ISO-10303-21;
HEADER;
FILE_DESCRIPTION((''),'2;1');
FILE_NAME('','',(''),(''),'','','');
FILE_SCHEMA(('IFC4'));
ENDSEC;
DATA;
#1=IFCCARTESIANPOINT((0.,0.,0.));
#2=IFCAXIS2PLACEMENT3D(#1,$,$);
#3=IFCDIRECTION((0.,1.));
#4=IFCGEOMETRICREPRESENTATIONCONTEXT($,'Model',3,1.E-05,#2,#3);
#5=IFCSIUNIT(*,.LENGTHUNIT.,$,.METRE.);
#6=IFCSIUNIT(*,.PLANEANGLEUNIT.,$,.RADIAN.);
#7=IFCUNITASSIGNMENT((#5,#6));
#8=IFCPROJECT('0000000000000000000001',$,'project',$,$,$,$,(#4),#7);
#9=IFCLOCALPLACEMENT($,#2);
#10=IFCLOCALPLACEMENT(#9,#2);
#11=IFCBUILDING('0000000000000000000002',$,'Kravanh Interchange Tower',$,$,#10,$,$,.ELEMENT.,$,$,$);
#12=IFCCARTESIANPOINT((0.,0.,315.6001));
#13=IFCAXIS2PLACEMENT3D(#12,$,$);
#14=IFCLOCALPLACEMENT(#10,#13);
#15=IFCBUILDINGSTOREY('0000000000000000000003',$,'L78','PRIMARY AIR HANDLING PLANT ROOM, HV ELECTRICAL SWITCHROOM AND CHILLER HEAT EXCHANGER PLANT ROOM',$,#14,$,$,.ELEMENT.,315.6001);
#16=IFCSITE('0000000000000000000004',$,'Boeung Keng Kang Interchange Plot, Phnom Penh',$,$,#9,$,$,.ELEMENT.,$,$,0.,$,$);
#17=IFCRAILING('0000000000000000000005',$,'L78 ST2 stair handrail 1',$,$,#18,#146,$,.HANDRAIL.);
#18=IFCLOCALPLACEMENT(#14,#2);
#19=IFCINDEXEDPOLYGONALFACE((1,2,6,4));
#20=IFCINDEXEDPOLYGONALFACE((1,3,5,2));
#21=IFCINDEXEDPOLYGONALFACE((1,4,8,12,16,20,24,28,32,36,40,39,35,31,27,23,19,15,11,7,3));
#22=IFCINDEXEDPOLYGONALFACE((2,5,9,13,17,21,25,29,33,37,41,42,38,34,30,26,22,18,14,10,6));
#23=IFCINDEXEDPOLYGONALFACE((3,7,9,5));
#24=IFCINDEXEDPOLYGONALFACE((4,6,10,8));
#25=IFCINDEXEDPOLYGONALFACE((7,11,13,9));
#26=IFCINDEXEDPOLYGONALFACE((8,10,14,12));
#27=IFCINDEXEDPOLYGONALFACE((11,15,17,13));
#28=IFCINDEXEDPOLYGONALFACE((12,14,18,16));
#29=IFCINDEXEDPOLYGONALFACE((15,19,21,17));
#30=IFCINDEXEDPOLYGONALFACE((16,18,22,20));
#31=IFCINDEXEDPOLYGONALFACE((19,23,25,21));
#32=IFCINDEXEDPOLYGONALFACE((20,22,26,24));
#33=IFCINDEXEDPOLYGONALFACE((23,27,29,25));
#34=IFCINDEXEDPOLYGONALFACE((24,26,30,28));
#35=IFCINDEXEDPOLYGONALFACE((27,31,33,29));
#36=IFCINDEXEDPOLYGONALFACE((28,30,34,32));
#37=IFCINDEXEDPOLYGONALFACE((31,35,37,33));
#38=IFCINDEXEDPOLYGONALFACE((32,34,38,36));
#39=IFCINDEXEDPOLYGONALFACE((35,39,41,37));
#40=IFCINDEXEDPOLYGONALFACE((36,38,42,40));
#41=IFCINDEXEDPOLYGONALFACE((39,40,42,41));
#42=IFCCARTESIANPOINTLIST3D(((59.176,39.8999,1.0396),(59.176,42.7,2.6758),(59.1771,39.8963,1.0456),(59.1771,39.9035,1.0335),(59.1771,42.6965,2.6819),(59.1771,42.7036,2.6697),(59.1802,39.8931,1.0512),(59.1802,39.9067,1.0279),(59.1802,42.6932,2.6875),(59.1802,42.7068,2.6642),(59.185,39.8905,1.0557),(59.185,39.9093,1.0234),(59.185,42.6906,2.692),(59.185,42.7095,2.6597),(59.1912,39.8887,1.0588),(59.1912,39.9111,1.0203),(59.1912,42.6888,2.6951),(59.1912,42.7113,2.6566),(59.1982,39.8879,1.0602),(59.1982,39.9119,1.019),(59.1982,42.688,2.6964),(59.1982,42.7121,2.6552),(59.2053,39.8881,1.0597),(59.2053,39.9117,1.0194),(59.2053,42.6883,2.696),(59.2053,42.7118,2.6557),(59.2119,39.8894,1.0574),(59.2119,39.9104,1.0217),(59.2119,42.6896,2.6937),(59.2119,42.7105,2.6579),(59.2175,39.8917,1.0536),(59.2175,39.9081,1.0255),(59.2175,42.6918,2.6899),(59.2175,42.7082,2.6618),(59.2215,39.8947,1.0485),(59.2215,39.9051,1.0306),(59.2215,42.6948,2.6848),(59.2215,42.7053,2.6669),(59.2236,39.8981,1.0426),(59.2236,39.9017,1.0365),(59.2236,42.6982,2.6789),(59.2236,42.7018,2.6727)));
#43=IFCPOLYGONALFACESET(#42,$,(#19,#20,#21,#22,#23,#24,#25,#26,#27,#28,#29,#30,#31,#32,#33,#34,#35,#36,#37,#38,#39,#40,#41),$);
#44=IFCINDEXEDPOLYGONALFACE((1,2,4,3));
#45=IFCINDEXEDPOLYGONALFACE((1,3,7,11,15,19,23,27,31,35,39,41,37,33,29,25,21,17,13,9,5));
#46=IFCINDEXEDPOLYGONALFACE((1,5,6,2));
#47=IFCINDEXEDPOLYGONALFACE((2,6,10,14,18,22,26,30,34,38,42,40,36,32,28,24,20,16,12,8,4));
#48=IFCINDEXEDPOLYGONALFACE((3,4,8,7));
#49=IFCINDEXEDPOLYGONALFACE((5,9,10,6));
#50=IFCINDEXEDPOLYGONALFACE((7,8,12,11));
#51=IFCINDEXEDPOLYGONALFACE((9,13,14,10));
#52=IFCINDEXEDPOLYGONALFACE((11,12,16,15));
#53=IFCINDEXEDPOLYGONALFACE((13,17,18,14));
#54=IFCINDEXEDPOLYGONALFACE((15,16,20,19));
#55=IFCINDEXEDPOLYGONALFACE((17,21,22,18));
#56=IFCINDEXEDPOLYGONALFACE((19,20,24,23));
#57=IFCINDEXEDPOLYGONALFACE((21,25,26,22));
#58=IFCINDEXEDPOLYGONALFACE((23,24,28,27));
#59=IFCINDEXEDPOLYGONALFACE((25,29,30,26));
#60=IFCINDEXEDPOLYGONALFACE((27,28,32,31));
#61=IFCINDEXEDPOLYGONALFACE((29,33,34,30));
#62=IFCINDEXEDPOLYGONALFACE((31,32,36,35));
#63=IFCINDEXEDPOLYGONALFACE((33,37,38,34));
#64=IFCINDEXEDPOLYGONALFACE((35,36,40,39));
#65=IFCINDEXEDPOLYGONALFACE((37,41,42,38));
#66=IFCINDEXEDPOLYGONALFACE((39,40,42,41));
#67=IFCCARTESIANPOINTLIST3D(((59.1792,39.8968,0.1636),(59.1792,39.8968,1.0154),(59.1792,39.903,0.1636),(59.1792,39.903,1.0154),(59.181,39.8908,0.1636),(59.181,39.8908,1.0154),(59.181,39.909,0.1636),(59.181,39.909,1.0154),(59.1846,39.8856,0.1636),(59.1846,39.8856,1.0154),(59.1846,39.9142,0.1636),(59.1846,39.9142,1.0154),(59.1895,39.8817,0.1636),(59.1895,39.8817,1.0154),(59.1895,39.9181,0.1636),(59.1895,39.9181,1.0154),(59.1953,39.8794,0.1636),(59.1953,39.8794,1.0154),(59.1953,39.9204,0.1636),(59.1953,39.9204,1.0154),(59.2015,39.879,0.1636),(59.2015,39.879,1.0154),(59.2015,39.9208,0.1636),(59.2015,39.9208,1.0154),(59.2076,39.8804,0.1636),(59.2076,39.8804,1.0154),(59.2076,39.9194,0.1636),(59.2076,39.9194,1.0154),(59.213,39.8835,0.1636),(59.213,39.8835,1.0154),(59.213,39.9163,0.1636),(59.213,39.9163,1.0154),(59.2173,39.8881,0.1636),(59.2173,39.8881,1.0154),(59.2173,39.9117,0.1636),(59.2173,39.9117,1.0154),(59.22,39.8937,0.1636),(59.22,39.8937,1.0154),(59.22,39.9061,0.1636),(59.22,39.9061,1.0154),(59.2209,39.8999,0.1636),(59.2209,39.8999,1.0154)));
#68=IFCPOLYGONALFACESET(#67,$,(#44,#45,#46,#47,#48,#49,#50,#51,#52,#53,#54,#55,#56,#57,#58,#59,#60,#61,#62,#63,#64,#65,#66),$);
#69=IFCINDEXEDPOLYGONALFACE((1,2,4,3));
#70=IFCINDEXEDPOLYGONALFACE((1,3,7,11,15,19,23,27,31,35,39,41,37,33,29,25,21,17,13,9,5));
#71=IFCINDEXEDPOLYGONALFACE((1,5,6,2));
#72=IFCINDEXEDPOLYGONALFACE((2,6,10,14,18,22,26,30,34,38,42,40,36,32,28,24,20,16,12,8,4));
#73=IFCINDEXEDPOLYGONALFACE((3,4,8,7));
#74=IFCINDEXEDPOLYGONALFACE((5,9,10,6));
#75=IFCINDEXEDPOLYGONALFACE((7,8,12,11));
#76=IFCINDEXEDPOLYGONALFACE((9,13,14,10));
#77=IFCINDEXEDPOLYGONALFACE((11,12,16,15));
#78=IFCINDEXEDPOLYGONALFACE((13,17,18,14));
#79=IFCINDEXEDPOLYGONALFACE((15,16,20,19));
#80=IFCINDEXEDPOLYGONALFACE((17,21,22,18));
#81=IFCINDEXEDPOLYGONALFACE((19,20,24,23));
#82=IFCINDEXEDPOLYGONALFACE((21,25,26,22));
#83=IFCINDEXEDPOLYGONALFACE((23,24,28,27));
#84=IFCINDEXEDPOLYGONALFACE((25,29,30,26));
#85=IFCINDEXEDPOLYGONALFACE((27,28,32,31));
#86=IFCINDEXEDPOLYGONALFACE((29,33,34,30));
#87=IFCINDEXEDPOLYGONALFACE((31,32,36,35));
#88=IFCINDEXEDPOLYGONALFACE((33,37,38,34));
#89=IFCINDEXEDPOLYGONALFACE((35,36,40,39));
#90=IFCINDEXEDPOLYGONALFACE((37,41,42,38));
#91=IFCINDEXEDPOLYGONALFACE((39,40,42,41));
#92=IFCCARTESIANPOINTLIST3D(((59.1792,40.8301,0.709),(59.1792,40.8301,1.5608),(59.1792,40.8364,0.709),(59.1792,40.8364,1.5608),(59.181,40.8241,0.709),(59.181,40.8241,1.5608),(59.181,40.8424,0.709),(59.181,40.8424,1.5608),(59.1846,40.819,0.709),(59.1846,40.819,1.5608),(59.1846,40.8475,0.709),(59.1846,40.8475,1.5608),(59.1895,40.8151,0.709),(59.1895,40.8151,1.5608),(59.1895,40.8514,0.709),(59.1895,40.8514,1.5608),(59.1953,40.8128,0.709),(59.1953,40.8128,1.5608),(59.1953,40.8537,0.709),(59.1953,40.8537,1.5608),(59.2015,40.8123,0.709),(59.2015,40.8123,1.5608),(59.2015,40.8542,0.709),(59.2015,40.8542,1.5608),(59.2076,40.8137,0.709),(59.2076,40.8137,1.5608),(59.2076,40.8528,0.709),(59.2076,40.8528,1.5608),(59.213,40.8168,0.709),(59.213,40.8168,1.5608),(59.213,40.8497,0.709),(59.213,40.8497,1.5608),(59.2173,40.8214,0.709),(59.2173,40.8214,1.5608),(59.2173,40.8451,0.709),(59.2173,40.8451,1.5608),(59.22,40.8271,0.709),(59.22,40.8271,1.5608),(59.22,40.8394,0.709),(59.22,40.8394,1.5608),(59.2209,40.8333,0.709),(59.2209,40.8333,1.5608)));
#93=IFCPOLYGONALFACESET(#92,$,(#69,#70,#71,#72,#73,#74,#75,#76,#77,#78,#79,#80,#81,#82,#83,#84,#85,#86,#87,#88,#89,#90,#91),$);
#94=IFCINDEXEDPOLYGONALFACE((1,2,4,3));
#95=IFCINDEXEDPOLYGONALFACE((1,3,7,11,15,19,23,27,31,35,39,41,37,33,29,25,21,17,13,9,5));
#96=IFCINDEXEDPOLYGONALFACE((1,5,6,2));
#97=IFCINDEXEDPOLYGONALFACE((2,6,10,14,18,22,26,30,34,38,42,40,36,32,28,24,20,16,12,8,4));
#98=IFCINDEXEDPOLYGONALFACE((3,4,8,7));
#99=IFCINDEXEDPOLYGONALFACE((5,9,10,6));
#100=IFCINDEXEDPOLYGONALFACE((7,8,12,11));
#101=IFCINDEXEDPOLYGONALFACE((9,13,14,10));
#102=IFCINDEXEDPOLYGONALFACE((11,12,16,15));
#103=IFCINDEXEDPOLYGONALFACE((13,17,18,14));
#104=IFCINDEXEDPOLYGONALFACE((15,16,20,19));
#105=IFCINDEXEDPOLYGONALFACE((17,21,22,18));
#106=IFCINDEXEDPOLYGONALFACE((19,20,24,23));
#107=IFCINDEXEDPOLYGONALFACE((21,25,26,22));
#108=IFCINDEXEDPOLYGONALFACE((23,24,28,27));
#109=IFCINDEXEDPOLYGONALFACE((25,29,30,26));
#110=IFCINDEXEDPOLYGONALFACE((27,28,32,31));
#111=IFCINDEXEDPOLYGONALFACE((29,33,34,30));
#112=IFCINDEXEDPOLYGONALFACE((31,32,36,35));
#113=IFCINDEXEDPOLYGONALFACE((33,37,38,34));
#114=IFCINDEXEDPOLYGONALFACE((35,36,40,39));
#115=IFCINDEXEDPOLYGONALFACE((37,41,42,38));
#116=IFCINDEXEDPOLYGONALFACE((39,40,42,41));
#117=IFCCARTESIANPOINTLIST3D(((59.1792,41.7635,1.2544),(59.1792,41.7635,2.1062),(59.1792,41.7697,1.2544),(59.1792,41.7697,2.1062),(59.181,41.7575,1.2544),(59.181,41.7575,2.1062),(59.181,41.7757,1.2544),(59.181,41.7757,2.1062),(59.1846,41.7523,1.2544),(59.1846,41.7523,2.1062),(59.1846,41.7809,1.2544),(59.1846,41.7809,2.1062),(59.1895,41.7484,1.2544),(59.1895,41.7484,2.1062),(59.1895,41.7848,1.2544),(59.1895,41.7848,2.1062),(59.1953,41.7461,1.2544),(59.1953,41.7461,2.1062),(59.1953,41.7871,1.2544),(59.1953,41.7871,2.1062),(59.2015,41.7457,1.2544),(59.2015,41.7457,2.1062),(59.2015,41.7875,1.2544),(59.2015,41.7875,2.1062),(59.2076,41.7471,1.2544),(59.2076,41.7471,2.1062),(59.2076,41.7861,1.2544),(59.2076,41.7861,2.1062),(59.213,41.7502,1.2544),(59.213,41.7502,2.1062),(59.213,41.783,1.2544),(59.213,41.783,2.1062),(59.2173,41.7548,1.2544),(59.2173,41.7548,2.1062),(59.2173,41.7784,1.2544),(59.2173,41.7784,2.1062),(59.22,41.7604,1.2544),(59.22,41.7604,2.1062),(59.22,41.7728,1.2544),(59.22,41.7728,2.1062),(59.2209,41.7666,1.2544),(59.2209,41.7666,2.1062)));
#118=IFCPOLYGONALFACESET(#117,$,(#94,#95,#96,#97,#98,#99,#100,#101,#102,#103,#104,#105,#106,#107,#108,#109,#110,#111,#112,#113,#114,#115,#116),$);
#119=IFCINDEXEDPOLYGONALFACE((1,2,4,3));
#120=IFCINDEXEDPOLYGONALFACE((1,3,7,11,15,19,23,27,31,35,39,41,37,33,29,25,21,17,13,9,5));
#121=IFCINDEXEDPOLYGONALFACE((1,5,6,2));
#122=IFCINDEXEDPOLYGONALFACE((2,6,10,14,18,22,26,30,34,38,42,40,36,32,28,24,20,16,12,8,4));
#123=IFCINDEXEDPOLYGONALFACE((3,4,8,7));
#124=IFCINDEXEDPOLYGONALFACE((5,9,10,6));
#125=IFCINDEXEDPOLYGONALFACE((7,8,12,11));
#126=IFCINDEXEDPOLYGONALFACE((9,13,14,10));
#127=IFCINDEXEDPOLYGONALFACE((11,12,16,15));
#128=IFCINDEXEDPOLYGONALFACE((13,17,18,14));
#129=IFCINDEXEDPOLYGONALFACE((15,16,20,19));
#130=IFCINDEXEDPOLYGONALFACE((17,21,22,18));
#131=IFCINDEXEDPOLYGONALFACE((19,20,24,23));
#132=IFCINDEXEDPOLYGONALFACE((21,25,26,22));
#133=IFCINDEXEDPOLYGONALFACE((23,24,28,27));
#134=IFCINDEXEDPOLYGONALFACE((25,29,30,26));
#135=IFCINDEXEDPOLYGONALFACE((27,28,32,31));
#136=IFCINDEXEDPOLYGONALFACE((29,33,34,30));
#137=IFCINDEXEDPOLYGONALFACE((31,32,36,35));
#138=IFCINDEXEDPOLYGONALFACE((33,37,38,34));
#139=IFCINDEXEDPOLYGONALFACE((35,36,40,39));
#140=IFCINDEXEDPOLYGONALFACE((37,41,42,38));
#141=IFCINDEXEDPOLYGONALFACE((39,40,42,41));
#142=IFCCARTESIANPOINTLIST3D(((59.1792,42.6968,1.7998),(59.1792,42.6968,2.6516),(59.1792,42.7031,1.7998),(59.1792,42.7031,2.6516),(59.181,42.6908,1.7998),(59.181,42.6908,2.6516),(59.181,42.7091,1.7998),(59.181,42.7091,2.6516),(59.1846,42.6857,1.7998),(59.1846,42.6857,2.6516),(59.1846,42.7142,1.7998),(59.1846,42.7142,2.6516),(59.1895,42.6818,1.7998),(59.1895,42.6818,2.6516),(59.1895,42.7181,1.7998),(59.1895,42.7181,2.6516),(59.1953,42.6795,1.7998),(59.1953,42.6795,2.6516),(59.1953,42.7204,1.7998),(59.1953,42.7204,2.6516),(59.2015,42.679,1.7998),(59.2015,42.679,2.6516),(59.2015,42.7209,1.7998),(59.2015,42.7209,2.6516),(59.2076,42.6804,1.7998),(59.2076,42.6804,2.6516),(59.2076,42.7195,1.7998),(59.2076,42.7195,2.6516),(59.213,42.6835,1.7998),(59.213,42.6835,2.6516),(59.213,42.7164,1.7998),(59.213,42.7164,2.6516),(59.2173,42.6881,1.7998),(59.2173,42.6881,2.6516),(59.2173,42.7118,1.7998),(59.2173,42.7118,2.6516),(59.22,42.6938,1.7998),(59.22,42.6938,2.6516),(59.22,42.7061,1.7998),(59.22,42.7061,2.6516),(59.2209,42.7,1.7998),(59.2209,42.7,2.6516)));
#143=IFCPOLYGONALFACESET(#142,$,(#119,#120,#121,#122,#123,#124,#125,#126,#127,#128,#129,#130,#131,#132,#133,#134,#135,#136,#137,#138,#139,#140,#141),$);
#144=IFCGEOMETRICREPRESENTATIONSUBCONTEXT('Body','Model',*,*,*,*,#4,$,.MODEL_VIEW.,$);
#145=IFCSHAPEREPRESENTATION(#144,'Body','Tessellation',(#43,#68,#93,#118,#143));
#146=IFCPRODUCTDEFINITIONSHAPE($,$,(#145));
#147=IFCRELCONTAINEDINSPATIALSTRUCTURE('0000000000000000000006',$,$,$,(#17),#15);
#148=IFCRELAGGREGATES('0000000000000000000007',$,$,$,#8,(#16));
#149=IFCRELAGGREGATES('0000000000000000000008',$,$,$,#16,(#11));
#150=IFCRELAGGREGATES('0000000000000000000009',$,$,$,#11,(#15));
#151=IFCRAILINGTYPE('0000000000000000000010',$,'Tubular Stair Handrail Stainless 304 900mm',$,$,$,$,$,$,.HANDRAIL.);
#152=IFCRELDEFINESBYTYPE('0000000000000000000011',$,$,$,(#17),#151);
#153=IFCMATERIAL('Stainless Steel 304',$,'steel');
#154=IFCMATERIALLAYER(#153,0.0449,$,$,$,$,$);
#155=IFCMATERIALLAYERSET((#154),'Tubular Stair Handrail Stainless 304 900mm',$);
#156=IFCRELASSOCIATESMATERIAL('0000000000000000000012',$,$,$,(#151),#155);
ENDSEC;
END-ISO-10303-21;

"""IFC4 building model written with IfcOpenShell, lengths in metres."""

from ifc_helpers import new_model, si_unit, direction, frame, origin, origin_2d, place, context, subcontext, project, spatial, circle, extrude, material, layer, layer_set, type_object, element, save


model = new_model("IFC4")

# Units and contexts
model_context = context("Model", 3, precision=1e-05, world=origin(), true_north=direction((0.0, 1.0)))
body_context = subcontext(model_context, "Body", "Model", "MODEL_VIEW")
ifc_project = project(units=[si_unit("LENGTHUNIT", "METRE"), si_unit("PLANEANGLEUNIT", "RADIAN")], contexts=[model_context])

# Site, building, storey
site_placement = place(None, origin())
site = spatial("IfcSite", under=ifc_project, at=site_placement, Name="Boeung Keng Kang Interchange Plot, Phnom Penh", CompositionType="ELEMENT", RefElevation=0.0)
building_placement = place(site_placement, origin())
building = spatial("IfcBuilding", under=site, at=building_placement, Name="Kravanh Interchange Tower", CompositionType="ELEMENT")
storey_placement = place(building_placement, frame((0.0, 0.0, 315.6001)))
storey = spatial("IfcBuildingStorey", under=building, at=storey_placement, Name="L78", Description="PRIMARY AIR HANDLING PLANT ROOM, HV ELECTRICAL SWITCHROOM AND CHILLER HEAT EXCHANGER PLANT ROOM", CompositionType="ELEMENT", Elevation=315.6001)

# Railing
ifc_material_1 = material(Name="Stainless Steel 304", Category="steel")
ifc_layer_1 = layer(ifc_material_1, 0.0449)
ifc_layer_set_1 = layer_set([ifc_layer_1], Name="Tubular Stair Handrail Stainless 304 900mm")
railing_type_1 = type_object("IfcRailingType", Name="Tubular Stair Handrail Stainless 304 900mm", PredefinedType="HANDRAIL", material=ifc_layer_set_1)
railing_1_placement = place(storey_placement, frame((59.2, 39.8999, 0.1636)))
element("IfcRailing", 1, at=railing_1_placement, inside=storey, type_object=railing_type_1, Name="L78 ST2 stair handrail 1", PredefinedType="HANDRAIL", context=body_context, shape_type="SweptSolid", body=[
    extrude(circle(Radius=0.0239, at=origin_2d()), frame((0.0, 0.0, 0.876), z_axis=(0.0, 0.863394, 0.504531), x_axis=(-1.0, 0.0, 0.0)), (0.0, 0.0, 1.0), 3.2432),
    extrude(circle(Radius=0.021, at=origin_2d()), origin(), (0.0, 0.0, 1.0), 0.8518),
    extrude(circle(Radius=0.021, at=origin_2d()), frame((0.0, 0.9333, 0.5454)), (0.0, 0.0, 1.0), 0.8518),
    extrude(circle(Radius=0.021, at=origin_2d()), frame((0.0, 1.8667, 1.0908)), (0.0, 0.0, 1.0), 0.8518),
    extrude(circle(Radius=0.021, at=origin_2d()), frame((0.0, 2.8, 1.6362)), (0.0, 0.0, 1.0), 0.8518),
])

save(model, "model.ifc")
